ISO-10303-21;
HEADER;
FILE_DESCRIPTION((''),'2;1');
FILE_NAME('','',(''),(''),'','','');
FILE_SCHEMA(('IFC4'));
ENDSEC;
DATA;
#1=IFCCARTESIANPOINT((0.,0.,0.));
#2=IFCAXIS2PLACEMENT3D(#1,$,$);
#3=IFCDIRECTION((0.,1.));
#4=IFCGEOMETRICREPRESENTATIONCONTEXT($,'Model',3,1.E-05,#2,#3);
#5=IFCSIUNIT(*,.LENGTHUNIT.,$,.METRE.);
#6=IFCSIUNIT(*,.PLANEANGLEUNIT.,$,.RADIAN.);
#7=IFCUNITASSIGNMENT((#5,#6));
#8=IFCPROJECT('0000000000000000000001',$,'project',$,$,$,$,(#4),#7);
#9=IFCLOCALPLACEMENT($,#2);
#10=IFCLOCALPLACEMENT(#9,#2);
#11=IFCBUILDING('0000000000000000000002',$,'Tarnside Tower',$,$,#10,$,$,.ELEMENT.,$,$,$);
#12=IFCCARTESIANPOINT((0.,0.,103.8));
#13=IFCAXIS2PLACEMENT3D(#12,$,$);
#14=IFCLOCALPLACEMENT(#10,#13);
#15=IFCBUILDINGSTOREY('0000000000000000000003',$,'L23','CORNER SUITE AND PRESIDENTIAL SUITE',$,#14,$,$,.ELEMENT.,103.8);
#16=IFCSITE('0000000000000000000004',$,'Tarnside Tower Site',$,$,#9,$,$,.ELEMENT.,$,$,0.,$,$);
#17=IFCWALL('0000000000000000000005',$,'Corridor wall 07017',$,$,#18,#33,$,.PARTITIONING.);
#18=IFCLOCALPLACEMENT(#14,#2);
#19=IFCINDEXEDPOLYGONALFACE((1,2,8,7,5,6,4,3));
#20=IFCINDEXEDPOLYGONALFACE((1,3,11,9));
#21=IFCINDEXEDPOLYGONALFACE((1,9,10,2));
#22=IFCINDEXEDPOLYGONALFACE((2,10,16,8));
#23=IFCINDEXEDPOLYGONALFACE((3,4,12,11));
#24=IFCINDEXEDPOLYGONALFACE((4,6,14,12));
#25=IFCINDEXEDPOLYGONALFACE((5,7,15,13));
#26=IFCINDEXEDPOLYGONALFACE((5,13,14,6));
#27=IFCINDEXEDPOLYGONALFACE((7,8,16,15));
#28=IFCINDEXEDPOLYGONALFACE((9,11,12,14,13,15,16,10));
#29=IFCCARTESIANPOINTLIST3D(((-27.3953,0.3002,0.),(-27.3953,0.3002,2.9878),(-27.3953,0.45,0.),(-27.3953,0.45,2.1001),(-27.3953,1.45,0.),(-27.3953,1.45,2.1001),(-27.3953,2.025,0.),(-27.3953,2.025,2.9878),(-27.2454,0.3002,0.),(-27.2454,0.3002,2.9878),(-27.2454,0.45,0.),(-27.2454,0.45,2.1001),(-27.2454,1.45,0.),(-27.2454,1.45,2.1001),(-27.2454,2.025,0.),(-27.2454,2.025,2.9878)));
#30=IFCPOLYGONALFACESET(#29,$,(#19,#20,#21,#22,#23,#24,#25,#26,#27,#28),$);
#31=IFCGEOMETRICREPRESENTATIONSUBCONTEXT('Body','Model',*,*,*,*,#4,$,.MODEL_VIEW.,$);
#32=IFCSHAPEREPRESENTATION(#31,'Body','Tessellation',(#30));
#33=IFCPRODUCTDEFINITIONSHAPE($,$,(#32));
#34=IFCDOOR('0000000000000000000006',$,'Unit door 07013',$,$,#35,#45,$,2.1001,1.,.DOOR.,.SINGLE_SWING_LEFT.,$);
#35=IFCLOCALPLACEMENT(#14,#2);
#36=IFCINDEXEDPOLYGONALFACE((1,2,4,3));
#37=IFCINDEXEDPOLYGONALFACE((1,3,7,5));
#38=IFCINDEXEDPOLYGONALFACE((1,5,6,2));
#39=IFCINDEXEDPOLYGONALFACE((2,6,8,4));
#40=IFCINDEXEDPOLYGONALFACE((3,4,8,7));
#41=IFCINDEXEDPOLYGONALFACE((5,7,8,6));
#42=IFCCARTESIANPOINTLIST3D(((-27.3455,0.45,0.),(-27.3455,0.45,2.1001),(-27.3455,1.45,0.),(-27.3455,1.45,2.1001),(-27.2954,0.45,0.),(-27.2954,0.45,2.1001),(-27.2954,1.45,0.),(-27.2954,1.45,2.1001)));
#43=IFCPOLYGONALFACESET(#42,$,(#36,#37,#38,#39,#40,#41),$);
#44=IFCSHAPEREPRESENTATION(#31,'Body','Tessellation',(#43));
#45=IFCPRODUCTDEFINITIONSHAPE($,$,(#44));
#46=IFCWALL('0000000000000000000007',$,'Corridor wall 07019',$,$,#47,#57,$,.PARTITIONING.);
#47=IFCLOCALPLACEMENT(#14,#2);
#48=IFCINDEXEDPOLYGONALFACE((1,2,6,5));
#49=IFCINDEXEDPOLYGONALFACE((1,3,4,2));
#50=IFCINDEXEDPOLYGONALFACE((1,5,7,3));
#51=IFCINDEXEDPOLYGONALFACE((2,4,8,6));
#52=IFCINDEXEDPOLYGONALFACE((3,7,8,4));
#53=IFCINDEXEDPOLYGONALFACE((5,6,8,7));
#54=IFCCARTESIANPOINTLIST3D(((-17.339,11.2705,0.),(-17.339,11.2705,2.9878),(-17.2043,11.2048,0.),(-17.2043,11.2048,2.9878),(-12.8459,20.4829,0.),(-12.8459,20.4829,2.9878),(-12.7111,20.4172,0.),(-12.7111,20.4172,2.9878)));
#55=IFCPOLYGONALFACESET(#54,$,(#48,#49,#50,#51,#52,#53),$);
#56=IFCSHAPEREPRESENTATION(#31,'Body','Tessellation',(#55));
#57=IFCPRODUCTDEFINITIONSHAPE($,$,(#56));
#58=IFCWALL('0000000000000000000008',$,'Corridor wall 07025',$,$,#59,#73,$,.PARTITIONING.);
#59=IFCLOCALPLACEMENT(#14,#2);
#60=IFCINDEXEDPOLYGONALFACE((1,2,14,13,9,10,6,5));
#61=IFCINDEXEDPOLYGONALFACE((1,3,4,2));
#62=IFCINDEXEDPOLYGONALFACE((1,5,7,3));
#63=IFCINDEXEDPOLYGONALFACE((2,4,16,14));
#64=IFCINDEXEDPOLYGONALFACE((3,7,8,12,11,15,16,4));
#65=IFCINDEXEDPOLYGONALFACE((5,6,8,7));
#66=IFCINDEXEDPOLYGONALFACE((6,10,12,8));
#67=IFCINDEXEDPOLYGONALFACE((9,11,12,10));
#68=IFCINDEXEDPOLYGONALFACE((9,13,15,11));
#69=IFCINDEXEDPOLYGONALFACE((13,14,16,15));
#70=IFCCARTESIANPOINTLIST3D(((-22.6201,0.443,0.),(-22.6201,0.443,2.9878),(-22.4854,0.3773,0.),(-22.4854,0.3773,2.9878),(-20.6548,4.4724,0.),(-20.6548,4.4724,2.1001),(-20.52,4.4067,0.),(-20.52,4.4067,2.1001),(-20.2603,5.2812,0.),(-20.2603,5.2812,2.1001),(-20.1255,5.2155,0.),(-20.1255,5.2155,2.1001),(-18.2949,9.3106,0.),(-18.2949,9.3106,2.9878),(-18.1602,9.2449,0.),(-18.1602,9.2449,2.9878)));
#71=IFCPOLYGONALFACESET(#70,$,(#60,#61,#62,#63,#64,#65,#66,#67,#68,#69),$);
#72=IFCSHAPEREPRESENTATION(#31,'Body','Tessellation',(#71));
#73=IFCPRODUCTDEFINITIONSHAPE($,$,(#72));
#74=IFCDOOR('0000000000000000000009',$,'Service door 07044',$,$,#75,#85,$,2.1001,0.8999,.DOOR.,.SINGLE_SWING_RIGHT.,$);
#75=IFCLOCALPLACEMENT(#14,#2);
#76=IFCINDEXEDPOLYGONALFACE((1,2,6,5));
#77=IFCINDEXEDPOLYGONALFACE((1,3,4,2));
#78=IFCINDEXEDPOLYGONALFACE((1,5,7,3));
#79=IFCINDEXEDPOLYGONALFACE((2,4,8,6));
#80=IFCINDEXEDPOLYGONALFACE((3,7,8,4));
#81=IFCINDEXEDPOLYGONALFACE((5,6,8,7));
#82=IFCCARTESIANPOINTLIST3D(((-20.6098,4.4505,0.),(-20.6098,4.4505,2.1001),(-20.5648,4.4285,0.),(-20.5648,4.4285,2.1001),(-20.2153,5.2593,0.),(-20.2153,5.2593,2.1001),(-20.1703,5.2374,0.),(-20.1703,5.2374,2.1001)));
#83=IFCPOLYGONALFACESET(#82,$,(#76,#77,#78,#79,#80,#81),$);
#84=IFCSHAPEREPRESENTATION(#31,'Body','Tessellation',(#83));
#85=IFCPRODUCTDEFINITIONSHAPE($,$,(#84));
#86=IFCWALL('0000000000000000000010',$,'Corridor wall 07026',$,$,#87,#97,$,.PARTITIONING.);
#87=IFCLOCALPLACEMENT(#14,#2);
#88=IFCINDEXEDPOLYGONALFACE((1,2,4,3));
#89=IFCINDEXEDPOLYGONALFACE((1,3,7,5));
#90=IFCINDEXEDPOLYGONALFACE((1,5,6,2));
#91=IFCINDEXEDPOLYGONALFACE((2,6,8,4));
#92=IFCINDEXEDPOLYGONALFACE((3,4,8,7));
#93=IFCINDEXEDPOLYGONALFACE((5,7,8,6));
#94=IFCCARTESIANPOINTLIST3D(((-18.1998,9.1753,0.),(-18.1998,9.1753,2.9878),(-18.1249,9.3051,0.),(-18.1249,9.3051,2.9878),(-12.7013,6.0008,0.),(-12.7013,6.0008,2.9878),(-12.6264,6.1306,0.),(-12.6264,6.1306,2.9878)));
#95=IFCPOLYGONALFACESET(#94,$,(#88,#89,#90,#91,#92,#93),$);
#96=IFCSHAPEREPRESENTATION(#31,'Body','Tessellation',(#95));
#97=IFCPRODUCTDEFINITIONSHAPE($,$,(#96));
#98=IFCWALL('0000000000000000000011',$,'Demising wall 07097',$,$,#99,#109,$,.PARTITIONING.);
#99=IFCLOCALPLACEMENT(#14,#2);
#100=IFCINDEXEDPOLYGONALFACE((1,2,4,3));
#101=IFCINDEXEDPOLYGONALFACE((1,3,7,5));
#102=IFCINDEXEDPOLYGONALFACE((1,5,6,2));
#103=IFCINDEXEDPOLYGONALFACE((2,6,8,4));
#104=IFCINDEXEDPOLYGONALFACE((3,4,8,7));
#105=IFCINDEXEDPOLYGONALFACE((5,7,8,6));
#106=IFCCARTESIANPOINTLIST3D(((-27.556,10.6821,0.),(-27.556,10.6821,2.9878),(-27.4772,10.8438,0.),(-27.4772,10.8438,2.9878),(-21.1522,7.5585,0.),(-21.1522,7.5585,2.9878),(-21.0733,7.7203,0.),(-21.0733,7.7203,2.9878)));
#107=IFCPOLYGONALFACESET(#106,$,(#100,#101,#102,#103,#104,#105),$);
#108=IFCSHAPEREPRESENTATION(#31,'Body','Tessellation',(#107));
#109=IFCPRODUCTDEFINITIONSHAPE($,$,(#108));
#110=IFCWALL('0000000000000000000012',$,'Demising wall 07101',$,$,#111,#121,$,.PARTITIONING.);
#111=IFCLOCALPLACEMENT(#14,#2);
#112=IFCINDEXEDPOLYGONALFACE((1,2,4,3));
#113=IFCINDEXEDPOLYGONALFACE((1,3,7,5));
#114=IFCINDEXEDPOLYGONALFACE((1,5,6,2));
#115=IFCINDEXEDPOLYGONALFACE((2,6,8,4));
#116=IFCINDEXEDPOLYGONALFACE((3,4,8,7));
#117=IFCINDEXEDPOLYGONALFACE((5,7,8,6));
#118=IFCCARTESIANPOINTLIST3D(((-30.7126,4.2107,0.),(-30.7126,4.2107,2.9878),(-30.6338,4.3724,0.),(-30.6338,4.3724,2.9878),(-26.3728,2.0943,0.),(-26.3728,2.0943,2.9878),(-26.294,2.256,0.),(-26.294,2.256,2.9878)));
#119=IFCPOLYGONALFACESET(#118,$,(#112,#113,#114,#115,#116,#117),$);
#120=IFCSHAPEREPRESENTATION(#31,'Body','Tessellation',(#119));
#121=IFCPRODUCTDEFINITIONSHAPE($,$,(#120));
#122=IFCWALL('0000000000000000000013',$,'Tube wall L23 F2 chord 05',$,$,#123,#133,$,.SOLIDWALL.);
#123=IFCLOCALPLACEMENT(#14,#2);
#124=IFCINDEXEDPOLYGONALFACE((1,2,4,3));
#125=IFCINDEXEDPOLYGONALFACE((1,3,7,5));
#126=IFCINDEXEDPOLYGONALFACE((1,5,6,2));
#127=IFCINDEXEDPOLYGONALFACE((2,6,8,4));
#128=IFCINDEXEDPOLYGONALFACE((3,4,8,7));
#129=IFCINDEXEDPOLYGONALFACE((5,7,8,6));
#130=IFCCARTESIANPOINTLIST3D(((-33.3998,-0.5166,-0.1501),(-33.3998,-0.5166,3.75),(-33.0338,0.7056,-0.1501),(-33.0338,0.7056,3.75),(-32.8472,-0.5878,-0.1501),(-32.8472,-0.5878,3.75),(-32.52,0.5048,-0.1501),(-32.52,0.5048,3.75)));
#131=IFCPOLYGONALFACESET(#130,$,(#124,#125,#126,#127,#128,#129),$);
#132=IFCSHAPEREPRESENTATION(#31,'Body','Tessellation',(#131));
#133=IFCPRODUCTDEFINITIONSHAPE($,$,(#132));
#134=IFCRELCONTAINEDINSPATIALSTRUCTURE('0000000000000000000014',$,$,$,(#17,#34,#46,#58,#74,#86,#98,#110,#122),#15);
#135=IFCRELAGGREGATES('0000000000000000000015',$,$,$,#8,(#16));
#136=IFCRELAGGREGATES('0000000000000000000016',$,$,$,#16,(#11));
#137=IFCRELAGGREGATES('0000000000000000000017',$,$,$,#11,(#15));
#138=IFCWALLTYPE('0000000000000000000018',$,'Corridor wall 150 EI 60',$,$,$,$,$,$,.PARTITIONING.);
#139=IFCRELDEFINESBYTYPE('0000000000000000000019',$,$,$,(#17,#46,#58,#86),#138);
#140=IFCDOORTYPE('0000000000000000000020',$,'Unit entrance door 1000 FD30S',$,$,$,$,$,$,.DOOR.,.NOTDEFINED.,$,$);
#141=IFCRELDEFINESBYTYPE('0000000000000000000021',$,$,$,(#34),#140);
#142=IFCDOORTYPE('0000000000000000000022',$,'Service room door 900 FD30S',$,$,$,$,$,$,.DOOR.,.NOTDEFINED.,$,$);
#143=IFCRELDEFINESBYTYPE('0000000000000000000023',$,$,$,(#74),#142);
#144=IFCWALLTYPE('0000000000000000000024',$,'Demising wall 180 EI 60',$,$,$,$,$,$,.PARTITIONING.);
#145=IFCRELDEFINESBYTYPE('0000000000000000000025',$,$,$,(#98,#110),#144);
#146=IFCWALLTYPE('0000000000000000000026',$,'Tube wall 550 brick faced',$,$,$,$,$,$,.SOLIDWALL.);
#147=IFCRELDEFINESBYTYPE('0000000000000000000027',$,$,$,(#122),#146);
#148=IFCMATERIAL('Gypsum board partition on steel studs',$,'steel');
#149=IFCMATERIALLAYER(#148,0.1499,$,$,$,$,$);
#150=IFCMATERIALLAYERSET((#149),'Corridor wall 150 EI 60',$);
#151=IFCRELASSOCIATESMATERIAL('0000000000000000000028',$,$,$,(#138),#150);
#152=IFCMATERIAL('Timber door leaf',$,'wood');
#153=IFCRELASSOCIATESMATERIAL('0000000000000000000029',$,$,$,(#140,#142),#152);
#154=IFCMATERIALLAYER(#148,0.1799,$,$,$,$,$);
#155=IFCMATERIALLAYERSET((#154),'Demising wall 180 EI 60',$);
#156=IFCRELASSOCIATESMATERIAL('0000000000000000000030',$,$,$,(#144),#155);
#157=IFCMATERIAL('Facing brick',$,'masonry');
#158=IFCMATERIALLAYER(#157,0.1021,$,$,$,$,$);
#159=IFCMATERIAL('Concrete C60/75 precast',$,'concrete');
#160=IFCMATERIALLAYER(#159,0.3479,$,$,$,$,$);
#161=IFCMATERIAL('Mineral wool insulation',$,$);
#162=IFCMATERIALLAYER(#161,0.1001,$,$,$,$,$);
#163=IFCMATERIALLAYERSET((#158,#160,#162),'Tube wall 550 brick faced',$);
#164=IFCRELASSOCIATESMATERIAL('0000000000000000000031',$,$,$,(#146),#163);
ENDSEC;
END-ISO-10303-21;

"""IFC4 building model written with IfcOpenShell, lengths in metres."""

from ifc_helpers import new_model, si_unit, direction, frame, frame_2d, origin, place, context, subcontext, project, spatial, polyline, rectangle, outline, extrude, material, layer, layer_set, type_object, element, fill, save


model = new_model("IFC4")

# Units and contexts
model_context = context("Model", 3, precision=1e-05, world=origin(), true_north=direction((0.0, 1.0)))
body_context = subcontext(model_context, "Body", "Model", "MODEL_VIEW")
ifc_project = project(units=[si_unit("LENGTHUNIT", "METRE"), si_unit("PLANEANGLEUNIT", "RADIAN")], contexts=[model_context])

# Site, building, storey
site_placement = place(None, origin())
site = spatial("IfcSite", under=ifc_project, at=site_placement, Name="Tarnside Tower Site", CompositionType="ELEMENT", RefElevation=0.0)
building_placement = place(site_placement, origin())
building = spatial("IfcBuilding", under=site, at=building_placement, Name="Tarnside Tower", CompositionType="ELEMENT")
storey_placement = place(building_placement, frame((0.0, 0.0, 103.8)))
storey = spatial("IfcBuildingStorey", under=building, at=storey_placement, Name="L23", Description="CORNER SUITE AND PRESIDENTIAL SUITE", CompositionType="ELEMENT", Elevation=103.8)

# Shared definitions
ifc_material_1 = material(Name="Gypsum board partition on steel studs", Category="steel")
ifc_material_2 = material(Name="Timber door leaf", Category="wood")

# Shared definitions
ifc_layer_1 = layer(ifc_material_1, 0.1499)
ifc_layer_set_1 = layer_set([ifc_layer_1], Name="Corridor wall 150 EI 60")
wall_type_1 = type_object("IfcWallType", Name="Corridor wall 150 EI 60", PredefinedType="PARTITIONING", material=ifc_layer_set_1)

# Wall, opening, door
wall_1_placement = place(storey_placement, frame((-27.3203, 2.0249, 0.0), z_axis=(0.0, 0.0, 1.0), x_axis=(0.0, -1.0, 0.0)))
wall_1 = element("IfcWall", 1, at=wall_1_placement, inside=storey, type_object=wall_type_1, Name="Corridor wall 07017", PredefinedType="PARTITIONING", context=body_context, shape_type="SweptSolid", body=[
    extrude(rectangle(XDim=1.7249, YDim=0.1499, at=frame_2d((0.8623, 0.0))), origin(), (0.0, 0.0, 1.0), 2.9878),
])
opening_1_placement = place(wall_1_placement, frame((0.575, 0.0, 0.0)))
opening_1 = element("IfcOpeningElement", 2, at=opening_1_placement, cuts=wall_1, PredefinedType="OPENING", context=body_context, shape_type="SweptSolid", body=[
    extrude(rectangle(XDim=1.0, YDim=2.1001, at=frame_2d((0.5, 1.05))), frame((0.0, 0.085, 0.0), z_axis=(0.0, -1.0, 0.0), x_axis=(1.0, 0.0, 0.0)), (0.0, 0.0, 1.0), 0.1699),
])
door_type_1 = type_object("IfcDoorType", Name="Unit entrance door 1000 FD30S", OperationType="NOTDEFINED", PredefinedType="DOOR", material=ifc_material_2)
door_1_placement = place(opening_1_placement, origin())
door_1 = element("IfcDoor", 3, at=door_1_placement, inside=storey, type_object=door_type_1, Name="Unit door 07013", OperationType="SINGLE_SWING_LEFT", OverallHeight=2.1001, OverallWidth=1.0, PredefinedType="DOOR", context=body_context, shape_type="SweptSolid", body=[
    extrude(rectangle(XDim=1.0, YDim=2.1001, at=frame_2d((0.5, 1.05))), frame((0.0, 0.0249, 0.0), z_axis=(0.0, -1.0, 0.0), x_axis=(1.0, 0.0, 0.0)), (0.0, 0.0, 1.0), 0.05),
])
fill(opening_1, door_1)

# Wall
wall_2_placement = place(storey_placement, frame((-17.2717, 11.2375, 0.0), z_axis=(0.0, 0.0, 1.0), x_axis=(0.438369, 0.898795, 0.0)))
element("IfcWall", 4, at=wall_2_placement, inside=storey, type_object=wall_type_1, Name="Corridor wall 07019", PredefinedType="PARTITIONING", context=body_context, shape_type="SweptSolid", body=[
    extrude(rectangle(XDim=10.2498, YDim=0.1499, at=frame_2d((5.125, 0.0))), origin(), (0.0, 0.0, 1.0), 2.9878),
])

# Wall, opening, door
wall_3_placement = place(storey_placement, frame((-22.5527, 0.4102, 0.0), z_axis=(0.0, 0.0, 1.0), x_axis=(0.438383, 0.898788, 0.0)))
wall_3 = element("IfcWall", 5, at=wall_3_placement, inside=storey, type_object=wall_type_1, Name="Corridor wall 07025", PredefinedType="PARTITIONING", context=body_context, shape_type="SweptSolid", body=[
    extrude(rectangle(XDim=9.8662, YDim=0.1499, at=frame_2d((4.9331, 0.0))), origin(), (0.0, 0.0, 1.0), 2.9878),
])
opening_2_placement = place(wall_3_placement, frame((4.4832, 0.0, 0.0)))
opening_2 = element("IfcOpeningElement", 6, at=opening_2_placement, cuts=wall_3, PredefinedType="OPENING", context=body_context, shape_type="SweptSolid", body=[
    extrude(rectangle(XDim=0.8999, YDim=2.1001, at=frame_2d((0.45, 1.05))), frame((0.0, 0.085, 0.0), z_axis=(0.0, -1.0, 0.0), x_axis=(1.0, 0.0, 0.0)), (0.0, 0.0, 1.0), 0.1699),
])
door_type_2 = type_object("IfcDoorType", Name="Service room door 900 FD30S", OperationType="NOTDEFINED", PredefinedType="DOOR", material=ifc_material_2)
door_2_placement = place(opening_2_placement, origin())
door_2 = element("IfcDoor", 7, at=door_2_placement, inside=storey, type_object=door_type_2, Name="Service door 07044", OperationType="SINGLE_SWING_RIGHT", OverallHeight=2.1001, OverallWidth=0.8999, PredefinedType="DOOR", context=body_context, shape_type="SweptSolid", body=[
    extrude(rectangle(XDim=0.8999, YDim=2.1001, at=frame_2d((0.45, 1.05))), frame((0.0, 0.0249, 0.0), z_axis=(0.0, -1.0, 0.0), x_axis=(1.0, 0.0, 0.0)), (0.0, 0.0, 1.0), 0.05),
])
fill(opening_2, door_2)

# Walls
wall_4_placement = place(storey_placement, frame((-18.1624, 9.2402, 0.0), z_axis=(0.0, 0.0, 1.0), x_axis=(0.866027, -0.499998, 0.0)))
element("IfcWall", 8, at=wall_4_placement, inside=storey, type_object=wall_type_1, Name="Corridor wall 07026", PredefinedType="PARTITIONING", context=body_context, shape_type="SweptSolid", body=[
    extrude(rectangle(XDim=6.3491, YDim=0.1499, at=frame_2d((3.1746, 0.0))), origin(), (0.0, 0.0, 1.0), 2.9878),
])
ifc_layer_2 = layer(ifc_material_1, 0.1799)
ifc_layer_set_2 = layer_set([ifc_layer_2], Name="Demising wall 180 EI 60")
wall_type_2 = type_object("IfcWallType", Name="Demising wall 180 EI 60", PredefinedType="PARTITIONING", material=ifc_layer_set_2)
wall_5_placement = place(storey_placement, frame((-27.5166, 10.7629, 0.0), z_axis=(0.0, 0.0, 1.0), x_axis=(0.898784, -0.438393, 0.0)))
element("IfcWall", 9, at=wall_5_placement, inside=storey, type_object=wall_type_2, Name="Demising wall 07097", PredefinedType="PARTITIONING", context=body_context, shape_type="SweptSolid", body=[
    extrude(rectangle(XDim=7.125, YDim=0.1799, at=frame_2d((3.5625, 0.0))), origin(), (0.0, 0.0, 1.0), 2.9878),
])
wall_6_placement = place(storey_placement, frame((-30.6731, 4.2915, 0.0), z_axis=(0.0, 0.0, 1.0), x_axis=(0.898813, -0.438333, 0.0)))
element("IfcWall", 10, at=wall_6_placement, inside=storey, type_object=wall_type_2, Name="Demising wall 07101", PredefinedType="PARTITIONING", context=body_context, shape_type="SweptSolid", body=[
    extrude(rectangle(XDim=4.8284, YDim=0.1799, at=frame_2d((2.4141, 0.0))), origin(), (0.0, 0.0, 1.0), 2.9878),
])
ifc_material_3 = material(Name="Facing brick", Category="masonry")
ifc_layer_3 = layer(ifc_material_3, 0.1021)
ifc_material_4 = material(Name="Concrete C60/75 precast", Category="concrete")
ifc_layer_4 = layer(ifc_material_4, 0.3479)
ifc_material_5 = material(Name="Mineral wool insulation")
ifc_layer_5 = layer(ifc_material_5, 0.1001)
ifc_layer_set_3 = layer_set([ifc_layer_3, ifc_layer_4, ifc_layer_5], Name="Tube wall 550 brick faced")
wall_type_3 = type_object("IfcWallType", Name="Tube wall 550 brick faced", PredefinedType="SOLIDWALL", material=ifc_layer_set_3)
wall_7_placement = place(storey_placement, frame((-32.7769, 0.6052, -0.1501), z_axis=(0.0, 0.0, 1.0), x_axis=(-0.286921, -0.957954, 0.0)))
element("IfcWall", 11, at=wall_7_placement, inside=storey, type_object=wall_type_3, Name="Tube wall L23 F2 chord 05", PredefinedType="SOLIDWALL", context=body_context, shape_type="SweptSolid", body=[
    extrude(outline(polyline([(-0.0225, -0.2749), (1.2534, -0.2749), (1.1631, 0.2749), (0.0225, 0.2749), (-0.0225, -0.2749)])), origin(), (0.0, 0.0, 1.0), 3.9001),
])

save(model, "model.ifc")
